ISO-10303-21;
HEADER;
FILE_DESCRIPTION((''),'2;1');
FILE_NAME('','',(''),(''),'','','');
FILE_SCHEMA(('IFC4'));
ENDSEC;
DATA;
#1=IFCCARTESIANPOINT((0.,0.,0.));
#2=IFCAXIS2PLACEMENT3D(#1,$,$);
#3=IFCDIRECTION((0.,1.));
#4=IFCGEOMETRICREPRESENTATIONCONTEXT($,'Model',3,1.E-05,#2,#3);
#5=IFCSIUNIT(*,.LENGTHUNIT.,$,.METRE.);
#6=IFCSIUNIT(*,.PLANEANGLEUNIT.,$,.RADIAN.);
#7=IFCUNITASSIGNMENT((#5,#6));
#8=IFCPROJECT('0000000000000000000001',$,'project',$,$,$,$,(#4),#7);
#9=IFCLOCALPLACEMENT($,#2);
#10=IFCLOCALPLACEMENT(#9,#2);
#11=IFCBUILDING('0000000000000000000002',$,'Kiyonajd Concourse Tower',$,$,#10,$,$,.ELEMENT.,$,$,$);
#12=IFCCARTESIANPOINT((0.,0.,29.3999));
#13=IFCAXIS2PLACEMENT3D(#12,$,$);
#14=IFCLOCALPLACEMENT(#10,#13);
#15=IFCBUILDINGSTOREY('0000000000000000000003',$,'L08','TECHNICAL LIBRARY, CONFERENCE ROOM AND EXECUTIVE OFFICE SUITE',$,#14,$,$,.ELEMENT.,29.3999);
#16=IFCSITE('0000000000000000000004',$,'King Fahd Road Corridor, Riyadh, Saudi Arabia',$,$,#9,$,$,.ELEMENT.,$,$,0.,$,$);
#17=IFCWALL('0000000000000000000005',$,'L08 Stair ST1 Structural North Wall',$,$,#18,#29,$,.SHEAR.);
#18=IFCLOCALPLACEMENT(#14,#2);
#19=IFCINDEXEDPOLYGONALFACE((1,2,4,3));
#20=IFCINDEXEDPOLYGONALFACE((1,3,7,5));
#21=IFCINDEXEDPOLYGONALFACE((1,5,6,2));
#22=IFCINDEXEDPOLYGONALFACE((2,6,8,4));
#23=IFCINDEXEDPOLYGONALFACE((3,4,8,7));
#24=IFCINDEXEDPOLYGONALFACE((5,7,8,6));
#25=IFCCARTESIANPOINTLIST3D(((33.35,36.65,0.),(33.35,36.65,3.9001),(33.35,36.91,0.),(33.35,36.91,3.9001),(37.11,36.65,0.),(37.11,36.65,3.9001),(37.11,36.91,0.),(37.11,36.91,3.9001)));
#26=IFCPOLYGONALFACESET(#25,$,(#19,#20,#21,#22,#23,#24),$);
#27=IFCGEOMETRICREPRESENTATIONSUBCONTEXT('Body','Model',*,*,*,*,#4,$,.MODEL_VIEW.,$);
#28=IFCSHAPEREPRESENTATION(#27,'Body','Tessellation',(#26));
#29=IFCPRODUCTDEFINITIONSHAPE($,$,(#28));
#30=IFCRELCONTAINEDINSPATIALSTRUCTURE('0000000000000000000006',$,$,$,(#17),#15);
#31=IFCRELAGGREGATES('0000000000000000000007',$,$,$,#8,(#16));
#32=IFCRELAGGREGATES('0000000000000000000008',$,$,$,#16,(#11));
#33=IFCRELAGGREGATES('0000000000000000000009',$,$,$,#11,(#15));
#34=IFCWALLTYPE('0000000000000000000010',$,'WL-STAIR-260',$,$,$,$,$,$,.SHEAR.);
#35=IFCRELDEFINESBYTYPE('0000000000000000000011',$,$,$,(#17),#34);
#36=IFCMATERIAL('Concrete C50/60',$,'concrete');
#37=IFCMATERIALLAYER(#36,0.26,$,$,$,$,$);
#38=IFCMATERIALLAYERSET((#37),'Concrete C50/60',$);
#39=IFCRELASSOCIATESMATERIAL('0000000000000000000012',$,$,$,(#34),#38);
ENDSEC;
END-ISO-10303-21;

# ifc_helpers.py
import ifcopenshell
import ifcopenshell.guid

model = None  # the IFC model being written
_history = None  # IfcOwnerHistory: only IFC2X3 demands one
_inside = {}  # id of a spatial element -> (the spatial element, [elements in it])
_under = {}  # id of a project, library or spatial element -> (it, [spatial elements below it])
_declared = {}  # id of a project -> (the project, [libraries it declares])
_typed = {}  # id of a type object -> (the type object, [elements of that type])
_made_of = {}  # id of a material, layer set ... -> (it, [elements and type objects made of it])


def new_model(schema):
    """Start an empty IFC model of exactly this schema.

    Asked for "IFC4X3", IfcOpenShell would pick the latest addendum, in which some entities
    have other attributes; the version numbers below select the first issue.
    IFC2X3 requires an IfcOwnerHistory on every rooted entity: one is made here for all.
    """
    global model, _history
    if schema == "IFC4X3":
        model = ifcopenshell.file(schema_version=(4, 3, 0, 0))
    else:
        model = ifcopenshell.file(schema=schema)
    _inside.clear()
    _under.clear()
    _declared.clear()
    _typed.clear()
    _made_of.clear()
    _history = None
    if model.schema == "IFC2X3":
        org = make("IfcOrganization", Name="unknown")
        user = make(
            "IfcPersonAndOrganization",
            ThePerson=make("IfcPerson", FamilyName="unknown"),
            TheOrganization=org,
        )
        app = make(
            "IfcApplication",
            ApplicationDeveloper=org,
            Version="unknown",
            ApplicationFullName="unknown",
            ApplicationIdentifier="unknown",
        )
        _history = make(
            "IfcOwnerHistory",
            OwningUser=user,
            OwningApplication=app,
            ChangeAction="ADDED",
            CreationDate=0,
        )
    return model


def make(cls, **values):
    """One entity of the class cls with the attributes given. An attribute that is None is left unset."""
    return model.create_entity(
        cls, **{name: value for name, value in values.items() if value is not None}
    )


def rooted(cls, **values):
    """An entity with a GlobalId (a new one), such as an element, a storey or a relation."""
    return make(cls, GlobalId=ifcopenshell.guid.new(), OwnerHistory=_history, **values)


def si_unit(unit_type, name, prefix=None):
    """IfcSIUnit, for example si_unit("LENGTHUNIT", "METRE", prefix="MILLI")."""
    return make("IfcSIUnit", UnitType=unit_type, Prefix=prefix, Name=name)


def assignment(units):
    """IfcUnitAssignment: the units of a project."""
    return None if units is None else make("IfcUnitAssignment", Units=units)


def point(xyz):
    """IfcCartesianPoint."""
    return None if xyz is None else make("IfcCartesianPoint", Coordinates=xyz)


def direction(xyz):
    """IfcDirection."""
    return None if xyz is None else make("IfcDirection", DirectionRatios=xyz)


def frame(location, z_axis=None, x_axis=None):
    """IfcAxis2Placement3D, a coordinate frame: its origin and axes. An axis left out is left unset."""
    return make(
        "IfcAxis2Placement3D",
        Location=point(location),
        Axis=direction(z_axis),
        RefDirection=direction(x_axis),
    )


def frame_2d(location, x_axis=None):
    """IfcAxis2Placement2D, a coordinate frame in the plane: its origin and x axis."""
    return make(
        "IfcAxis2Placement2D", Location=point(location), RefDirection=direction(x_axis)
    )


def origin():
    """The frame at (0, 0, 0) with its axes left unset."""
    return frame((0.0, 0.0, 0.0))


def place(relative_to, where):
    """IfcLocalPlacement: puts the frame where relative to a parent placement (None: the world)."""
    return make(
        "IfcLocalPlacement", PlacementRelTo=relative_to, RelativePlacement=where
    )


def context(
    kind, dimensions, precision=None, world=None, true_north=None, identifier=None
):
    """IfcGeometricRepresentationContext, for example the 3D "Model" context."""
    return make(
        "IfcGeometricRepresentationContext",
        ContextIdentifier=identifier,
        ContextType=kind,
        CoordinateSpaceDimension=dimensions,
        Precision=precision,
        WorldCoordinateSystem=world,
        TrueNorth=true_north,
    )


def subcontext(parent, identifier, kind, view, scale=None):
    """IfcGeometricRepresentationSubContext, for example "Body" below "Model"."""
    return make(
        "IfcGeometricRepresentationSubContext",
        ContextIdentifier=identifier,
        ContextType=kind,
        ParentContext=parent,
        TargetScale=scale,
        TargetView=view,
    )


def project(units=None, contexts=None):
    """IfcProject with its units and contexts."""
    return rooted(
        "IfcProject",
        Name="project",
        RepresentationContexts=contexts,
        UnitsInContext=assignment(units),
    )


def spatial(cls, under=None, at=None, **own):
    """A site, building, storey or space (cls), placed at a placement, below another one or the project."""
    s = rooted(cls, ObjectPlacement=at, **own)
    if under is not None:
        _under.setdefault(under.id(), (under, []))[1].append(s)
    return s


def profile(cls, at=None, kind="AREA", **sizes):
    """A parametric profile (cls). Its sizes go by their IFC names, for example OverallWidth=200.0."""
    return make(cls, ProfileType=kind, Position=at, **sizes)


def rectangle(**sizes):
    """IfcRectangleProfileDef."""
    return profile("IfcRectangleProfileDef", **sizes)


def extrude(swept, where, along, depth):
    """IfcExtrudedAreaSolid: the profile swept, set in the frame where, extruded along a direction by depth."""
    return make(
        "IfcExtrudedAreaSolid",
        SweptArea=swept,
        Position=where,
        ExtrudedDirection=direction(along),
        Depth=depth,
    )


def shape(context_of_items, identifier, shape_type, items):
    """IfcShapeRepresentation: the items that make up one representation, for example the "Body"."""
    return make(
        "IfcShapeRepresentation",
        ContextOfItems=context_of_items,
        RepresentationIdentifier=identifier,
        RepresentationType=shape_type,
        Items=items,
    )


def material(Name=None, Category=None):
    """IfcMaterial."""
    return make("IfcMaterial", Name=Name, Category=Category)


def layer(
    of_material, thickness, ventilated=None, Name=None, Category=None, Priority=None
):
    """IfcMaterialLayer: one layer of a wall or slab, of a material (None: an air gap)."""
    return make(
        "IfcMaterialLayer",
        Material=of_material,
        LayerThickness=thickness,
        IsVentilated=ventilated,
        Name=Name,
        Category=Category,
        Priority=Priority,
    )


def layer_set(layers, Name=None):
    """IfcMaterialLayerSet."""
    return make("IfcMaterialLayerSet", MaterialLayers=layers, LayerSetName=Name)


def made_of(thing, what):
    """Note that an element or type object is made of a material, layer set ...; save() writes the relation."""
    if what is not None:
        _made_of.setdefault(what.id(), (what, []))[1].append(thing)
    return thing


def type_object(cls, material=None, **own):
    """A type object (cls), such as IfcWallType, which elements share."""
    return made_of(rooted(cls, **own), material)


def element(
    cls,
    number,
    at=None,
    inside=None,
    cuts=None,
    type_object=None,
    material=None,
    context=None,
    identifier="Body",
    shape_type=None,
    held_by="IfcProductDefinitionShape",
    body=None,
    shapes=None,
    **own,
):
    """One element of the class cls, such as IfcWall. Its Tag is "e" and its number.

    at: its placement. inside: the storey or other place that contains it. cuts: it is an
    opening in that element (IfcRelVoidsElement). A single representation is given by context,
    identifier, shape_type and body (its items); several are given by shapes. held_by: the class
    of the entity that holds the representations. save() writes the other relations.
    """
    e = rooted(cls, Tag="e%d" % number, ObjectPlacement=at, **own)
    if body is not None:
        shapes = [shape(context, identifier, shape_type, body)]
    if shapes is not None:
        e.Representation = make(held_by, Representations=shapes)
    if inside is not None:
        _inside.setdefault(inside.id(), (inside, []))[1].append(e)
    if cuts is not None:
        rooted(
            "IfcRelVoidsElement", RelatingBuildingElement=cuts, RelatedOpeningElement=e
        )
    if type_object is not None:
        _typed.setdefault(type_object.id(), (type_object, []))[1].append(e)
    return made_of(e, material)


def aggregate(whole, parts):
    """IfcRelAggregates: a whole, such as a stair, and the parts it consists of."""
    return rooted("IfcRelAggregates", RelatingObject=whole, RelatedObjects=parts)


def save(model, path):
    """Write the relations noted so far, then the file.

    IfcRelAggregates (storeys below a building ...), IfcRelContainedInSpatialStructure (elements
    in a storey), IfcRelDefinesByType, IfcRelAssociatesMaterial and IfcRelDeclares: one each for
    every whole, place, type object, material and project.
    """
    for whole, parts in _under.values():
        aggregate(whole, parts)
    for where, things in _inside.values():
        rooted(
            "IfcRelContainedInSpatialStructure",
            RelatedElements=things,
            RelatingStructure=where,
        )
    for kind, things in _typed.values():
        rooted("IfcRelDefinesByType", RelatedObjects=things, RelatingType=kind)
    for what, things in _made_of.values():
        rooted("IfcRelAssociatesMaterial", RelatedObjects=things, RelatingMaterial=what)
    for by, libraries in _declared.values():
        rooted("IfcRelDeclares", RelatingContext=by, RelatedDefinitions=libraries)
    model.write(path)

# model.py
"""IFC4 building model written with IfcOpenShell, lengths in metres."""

from ifc_helpers import new_model, si_unit, direction, frame, frame_2d, origin, place, context, subcontext, project, spatial, rectangle, extrude, material, layer, layer_set, type_object, element, save


model = new_model("IFC4")

# Units and contexts
model_context = context("Model", 3, precision=1e-05, world=origin(), true_north=direction((0.0, 1.0)))
body_context = subcontext(model_context, "Body", "Model", "MODEL_VIEW")
ifc_project = project(units=[si_unit("LENGTHUNIT", "METRE"), si_unit("PLANEANGLEUNIT", "RADIAN")], contexts=[model_context])

# Site, building, storey
site_placement = place(None, origin())
site = spatial("IfcSite", under=ifc_project, at=site_placement, Name="King Fahd Road Corridor, Riyadh, Saudi Arabia", CompositionType="ELEMENT", RefElevation=0.0)
building_placement = place(site_placement, origin())
building = spatial("IfcBuilding", under=site, at=building_placement, Name="Kiyonajd Concourse Tower", CompositionType="ELEMENT")
storey_placement = place(building_placement, frame((0.0, 0.0, 29.3999)))
storey = spatial("IfcBuildingStorey", under=building, at=storey_placement, Name="L08", Description="TECHNICAL LIBRARY, CONFERENCE ROOM AND EXECUTIVE OFFICE SUITE", CompositionType="ELEMENT", Elevation=29.3999)

# Wall
ifc_material_1 = material(Name="Concrete C50/60", Category="concrete")
ifc_layer_1 = layer(ifc_material_1, 0.26)
ifc_layer_set_1 = layer_set([ifc_layer_1], Name="Concrete C50/60")
wall_type_1 = type_object("IfcWallType", Name="WL-STAIR-260", PredefinedType="SHEAR", material=ifc_layer_set_1)
wall_1_placement = place(storey_placement, frame((33.3501, 36.78, 0.0), z_axis=(0.0, 0.0, 1.0), x_axis=(1.0, 0.0, 0.0)))
element("IfcWall", 1, at=wall_1_placement, inside=storey, type_object=wall_type_1, Name="L08 Stair ST1 Structural North Wall", PredefinedType="SHEAR", context=body_context, shape_type="SweptSolid", body=[
    extrude(rectangle(XDim=3.76, YDim=0.26, at=frame_2d((1.8799, 0.0))), origin(), (0.0, 0.0, 1.0), 3.9001),
])

save(model, "model.ifc")
